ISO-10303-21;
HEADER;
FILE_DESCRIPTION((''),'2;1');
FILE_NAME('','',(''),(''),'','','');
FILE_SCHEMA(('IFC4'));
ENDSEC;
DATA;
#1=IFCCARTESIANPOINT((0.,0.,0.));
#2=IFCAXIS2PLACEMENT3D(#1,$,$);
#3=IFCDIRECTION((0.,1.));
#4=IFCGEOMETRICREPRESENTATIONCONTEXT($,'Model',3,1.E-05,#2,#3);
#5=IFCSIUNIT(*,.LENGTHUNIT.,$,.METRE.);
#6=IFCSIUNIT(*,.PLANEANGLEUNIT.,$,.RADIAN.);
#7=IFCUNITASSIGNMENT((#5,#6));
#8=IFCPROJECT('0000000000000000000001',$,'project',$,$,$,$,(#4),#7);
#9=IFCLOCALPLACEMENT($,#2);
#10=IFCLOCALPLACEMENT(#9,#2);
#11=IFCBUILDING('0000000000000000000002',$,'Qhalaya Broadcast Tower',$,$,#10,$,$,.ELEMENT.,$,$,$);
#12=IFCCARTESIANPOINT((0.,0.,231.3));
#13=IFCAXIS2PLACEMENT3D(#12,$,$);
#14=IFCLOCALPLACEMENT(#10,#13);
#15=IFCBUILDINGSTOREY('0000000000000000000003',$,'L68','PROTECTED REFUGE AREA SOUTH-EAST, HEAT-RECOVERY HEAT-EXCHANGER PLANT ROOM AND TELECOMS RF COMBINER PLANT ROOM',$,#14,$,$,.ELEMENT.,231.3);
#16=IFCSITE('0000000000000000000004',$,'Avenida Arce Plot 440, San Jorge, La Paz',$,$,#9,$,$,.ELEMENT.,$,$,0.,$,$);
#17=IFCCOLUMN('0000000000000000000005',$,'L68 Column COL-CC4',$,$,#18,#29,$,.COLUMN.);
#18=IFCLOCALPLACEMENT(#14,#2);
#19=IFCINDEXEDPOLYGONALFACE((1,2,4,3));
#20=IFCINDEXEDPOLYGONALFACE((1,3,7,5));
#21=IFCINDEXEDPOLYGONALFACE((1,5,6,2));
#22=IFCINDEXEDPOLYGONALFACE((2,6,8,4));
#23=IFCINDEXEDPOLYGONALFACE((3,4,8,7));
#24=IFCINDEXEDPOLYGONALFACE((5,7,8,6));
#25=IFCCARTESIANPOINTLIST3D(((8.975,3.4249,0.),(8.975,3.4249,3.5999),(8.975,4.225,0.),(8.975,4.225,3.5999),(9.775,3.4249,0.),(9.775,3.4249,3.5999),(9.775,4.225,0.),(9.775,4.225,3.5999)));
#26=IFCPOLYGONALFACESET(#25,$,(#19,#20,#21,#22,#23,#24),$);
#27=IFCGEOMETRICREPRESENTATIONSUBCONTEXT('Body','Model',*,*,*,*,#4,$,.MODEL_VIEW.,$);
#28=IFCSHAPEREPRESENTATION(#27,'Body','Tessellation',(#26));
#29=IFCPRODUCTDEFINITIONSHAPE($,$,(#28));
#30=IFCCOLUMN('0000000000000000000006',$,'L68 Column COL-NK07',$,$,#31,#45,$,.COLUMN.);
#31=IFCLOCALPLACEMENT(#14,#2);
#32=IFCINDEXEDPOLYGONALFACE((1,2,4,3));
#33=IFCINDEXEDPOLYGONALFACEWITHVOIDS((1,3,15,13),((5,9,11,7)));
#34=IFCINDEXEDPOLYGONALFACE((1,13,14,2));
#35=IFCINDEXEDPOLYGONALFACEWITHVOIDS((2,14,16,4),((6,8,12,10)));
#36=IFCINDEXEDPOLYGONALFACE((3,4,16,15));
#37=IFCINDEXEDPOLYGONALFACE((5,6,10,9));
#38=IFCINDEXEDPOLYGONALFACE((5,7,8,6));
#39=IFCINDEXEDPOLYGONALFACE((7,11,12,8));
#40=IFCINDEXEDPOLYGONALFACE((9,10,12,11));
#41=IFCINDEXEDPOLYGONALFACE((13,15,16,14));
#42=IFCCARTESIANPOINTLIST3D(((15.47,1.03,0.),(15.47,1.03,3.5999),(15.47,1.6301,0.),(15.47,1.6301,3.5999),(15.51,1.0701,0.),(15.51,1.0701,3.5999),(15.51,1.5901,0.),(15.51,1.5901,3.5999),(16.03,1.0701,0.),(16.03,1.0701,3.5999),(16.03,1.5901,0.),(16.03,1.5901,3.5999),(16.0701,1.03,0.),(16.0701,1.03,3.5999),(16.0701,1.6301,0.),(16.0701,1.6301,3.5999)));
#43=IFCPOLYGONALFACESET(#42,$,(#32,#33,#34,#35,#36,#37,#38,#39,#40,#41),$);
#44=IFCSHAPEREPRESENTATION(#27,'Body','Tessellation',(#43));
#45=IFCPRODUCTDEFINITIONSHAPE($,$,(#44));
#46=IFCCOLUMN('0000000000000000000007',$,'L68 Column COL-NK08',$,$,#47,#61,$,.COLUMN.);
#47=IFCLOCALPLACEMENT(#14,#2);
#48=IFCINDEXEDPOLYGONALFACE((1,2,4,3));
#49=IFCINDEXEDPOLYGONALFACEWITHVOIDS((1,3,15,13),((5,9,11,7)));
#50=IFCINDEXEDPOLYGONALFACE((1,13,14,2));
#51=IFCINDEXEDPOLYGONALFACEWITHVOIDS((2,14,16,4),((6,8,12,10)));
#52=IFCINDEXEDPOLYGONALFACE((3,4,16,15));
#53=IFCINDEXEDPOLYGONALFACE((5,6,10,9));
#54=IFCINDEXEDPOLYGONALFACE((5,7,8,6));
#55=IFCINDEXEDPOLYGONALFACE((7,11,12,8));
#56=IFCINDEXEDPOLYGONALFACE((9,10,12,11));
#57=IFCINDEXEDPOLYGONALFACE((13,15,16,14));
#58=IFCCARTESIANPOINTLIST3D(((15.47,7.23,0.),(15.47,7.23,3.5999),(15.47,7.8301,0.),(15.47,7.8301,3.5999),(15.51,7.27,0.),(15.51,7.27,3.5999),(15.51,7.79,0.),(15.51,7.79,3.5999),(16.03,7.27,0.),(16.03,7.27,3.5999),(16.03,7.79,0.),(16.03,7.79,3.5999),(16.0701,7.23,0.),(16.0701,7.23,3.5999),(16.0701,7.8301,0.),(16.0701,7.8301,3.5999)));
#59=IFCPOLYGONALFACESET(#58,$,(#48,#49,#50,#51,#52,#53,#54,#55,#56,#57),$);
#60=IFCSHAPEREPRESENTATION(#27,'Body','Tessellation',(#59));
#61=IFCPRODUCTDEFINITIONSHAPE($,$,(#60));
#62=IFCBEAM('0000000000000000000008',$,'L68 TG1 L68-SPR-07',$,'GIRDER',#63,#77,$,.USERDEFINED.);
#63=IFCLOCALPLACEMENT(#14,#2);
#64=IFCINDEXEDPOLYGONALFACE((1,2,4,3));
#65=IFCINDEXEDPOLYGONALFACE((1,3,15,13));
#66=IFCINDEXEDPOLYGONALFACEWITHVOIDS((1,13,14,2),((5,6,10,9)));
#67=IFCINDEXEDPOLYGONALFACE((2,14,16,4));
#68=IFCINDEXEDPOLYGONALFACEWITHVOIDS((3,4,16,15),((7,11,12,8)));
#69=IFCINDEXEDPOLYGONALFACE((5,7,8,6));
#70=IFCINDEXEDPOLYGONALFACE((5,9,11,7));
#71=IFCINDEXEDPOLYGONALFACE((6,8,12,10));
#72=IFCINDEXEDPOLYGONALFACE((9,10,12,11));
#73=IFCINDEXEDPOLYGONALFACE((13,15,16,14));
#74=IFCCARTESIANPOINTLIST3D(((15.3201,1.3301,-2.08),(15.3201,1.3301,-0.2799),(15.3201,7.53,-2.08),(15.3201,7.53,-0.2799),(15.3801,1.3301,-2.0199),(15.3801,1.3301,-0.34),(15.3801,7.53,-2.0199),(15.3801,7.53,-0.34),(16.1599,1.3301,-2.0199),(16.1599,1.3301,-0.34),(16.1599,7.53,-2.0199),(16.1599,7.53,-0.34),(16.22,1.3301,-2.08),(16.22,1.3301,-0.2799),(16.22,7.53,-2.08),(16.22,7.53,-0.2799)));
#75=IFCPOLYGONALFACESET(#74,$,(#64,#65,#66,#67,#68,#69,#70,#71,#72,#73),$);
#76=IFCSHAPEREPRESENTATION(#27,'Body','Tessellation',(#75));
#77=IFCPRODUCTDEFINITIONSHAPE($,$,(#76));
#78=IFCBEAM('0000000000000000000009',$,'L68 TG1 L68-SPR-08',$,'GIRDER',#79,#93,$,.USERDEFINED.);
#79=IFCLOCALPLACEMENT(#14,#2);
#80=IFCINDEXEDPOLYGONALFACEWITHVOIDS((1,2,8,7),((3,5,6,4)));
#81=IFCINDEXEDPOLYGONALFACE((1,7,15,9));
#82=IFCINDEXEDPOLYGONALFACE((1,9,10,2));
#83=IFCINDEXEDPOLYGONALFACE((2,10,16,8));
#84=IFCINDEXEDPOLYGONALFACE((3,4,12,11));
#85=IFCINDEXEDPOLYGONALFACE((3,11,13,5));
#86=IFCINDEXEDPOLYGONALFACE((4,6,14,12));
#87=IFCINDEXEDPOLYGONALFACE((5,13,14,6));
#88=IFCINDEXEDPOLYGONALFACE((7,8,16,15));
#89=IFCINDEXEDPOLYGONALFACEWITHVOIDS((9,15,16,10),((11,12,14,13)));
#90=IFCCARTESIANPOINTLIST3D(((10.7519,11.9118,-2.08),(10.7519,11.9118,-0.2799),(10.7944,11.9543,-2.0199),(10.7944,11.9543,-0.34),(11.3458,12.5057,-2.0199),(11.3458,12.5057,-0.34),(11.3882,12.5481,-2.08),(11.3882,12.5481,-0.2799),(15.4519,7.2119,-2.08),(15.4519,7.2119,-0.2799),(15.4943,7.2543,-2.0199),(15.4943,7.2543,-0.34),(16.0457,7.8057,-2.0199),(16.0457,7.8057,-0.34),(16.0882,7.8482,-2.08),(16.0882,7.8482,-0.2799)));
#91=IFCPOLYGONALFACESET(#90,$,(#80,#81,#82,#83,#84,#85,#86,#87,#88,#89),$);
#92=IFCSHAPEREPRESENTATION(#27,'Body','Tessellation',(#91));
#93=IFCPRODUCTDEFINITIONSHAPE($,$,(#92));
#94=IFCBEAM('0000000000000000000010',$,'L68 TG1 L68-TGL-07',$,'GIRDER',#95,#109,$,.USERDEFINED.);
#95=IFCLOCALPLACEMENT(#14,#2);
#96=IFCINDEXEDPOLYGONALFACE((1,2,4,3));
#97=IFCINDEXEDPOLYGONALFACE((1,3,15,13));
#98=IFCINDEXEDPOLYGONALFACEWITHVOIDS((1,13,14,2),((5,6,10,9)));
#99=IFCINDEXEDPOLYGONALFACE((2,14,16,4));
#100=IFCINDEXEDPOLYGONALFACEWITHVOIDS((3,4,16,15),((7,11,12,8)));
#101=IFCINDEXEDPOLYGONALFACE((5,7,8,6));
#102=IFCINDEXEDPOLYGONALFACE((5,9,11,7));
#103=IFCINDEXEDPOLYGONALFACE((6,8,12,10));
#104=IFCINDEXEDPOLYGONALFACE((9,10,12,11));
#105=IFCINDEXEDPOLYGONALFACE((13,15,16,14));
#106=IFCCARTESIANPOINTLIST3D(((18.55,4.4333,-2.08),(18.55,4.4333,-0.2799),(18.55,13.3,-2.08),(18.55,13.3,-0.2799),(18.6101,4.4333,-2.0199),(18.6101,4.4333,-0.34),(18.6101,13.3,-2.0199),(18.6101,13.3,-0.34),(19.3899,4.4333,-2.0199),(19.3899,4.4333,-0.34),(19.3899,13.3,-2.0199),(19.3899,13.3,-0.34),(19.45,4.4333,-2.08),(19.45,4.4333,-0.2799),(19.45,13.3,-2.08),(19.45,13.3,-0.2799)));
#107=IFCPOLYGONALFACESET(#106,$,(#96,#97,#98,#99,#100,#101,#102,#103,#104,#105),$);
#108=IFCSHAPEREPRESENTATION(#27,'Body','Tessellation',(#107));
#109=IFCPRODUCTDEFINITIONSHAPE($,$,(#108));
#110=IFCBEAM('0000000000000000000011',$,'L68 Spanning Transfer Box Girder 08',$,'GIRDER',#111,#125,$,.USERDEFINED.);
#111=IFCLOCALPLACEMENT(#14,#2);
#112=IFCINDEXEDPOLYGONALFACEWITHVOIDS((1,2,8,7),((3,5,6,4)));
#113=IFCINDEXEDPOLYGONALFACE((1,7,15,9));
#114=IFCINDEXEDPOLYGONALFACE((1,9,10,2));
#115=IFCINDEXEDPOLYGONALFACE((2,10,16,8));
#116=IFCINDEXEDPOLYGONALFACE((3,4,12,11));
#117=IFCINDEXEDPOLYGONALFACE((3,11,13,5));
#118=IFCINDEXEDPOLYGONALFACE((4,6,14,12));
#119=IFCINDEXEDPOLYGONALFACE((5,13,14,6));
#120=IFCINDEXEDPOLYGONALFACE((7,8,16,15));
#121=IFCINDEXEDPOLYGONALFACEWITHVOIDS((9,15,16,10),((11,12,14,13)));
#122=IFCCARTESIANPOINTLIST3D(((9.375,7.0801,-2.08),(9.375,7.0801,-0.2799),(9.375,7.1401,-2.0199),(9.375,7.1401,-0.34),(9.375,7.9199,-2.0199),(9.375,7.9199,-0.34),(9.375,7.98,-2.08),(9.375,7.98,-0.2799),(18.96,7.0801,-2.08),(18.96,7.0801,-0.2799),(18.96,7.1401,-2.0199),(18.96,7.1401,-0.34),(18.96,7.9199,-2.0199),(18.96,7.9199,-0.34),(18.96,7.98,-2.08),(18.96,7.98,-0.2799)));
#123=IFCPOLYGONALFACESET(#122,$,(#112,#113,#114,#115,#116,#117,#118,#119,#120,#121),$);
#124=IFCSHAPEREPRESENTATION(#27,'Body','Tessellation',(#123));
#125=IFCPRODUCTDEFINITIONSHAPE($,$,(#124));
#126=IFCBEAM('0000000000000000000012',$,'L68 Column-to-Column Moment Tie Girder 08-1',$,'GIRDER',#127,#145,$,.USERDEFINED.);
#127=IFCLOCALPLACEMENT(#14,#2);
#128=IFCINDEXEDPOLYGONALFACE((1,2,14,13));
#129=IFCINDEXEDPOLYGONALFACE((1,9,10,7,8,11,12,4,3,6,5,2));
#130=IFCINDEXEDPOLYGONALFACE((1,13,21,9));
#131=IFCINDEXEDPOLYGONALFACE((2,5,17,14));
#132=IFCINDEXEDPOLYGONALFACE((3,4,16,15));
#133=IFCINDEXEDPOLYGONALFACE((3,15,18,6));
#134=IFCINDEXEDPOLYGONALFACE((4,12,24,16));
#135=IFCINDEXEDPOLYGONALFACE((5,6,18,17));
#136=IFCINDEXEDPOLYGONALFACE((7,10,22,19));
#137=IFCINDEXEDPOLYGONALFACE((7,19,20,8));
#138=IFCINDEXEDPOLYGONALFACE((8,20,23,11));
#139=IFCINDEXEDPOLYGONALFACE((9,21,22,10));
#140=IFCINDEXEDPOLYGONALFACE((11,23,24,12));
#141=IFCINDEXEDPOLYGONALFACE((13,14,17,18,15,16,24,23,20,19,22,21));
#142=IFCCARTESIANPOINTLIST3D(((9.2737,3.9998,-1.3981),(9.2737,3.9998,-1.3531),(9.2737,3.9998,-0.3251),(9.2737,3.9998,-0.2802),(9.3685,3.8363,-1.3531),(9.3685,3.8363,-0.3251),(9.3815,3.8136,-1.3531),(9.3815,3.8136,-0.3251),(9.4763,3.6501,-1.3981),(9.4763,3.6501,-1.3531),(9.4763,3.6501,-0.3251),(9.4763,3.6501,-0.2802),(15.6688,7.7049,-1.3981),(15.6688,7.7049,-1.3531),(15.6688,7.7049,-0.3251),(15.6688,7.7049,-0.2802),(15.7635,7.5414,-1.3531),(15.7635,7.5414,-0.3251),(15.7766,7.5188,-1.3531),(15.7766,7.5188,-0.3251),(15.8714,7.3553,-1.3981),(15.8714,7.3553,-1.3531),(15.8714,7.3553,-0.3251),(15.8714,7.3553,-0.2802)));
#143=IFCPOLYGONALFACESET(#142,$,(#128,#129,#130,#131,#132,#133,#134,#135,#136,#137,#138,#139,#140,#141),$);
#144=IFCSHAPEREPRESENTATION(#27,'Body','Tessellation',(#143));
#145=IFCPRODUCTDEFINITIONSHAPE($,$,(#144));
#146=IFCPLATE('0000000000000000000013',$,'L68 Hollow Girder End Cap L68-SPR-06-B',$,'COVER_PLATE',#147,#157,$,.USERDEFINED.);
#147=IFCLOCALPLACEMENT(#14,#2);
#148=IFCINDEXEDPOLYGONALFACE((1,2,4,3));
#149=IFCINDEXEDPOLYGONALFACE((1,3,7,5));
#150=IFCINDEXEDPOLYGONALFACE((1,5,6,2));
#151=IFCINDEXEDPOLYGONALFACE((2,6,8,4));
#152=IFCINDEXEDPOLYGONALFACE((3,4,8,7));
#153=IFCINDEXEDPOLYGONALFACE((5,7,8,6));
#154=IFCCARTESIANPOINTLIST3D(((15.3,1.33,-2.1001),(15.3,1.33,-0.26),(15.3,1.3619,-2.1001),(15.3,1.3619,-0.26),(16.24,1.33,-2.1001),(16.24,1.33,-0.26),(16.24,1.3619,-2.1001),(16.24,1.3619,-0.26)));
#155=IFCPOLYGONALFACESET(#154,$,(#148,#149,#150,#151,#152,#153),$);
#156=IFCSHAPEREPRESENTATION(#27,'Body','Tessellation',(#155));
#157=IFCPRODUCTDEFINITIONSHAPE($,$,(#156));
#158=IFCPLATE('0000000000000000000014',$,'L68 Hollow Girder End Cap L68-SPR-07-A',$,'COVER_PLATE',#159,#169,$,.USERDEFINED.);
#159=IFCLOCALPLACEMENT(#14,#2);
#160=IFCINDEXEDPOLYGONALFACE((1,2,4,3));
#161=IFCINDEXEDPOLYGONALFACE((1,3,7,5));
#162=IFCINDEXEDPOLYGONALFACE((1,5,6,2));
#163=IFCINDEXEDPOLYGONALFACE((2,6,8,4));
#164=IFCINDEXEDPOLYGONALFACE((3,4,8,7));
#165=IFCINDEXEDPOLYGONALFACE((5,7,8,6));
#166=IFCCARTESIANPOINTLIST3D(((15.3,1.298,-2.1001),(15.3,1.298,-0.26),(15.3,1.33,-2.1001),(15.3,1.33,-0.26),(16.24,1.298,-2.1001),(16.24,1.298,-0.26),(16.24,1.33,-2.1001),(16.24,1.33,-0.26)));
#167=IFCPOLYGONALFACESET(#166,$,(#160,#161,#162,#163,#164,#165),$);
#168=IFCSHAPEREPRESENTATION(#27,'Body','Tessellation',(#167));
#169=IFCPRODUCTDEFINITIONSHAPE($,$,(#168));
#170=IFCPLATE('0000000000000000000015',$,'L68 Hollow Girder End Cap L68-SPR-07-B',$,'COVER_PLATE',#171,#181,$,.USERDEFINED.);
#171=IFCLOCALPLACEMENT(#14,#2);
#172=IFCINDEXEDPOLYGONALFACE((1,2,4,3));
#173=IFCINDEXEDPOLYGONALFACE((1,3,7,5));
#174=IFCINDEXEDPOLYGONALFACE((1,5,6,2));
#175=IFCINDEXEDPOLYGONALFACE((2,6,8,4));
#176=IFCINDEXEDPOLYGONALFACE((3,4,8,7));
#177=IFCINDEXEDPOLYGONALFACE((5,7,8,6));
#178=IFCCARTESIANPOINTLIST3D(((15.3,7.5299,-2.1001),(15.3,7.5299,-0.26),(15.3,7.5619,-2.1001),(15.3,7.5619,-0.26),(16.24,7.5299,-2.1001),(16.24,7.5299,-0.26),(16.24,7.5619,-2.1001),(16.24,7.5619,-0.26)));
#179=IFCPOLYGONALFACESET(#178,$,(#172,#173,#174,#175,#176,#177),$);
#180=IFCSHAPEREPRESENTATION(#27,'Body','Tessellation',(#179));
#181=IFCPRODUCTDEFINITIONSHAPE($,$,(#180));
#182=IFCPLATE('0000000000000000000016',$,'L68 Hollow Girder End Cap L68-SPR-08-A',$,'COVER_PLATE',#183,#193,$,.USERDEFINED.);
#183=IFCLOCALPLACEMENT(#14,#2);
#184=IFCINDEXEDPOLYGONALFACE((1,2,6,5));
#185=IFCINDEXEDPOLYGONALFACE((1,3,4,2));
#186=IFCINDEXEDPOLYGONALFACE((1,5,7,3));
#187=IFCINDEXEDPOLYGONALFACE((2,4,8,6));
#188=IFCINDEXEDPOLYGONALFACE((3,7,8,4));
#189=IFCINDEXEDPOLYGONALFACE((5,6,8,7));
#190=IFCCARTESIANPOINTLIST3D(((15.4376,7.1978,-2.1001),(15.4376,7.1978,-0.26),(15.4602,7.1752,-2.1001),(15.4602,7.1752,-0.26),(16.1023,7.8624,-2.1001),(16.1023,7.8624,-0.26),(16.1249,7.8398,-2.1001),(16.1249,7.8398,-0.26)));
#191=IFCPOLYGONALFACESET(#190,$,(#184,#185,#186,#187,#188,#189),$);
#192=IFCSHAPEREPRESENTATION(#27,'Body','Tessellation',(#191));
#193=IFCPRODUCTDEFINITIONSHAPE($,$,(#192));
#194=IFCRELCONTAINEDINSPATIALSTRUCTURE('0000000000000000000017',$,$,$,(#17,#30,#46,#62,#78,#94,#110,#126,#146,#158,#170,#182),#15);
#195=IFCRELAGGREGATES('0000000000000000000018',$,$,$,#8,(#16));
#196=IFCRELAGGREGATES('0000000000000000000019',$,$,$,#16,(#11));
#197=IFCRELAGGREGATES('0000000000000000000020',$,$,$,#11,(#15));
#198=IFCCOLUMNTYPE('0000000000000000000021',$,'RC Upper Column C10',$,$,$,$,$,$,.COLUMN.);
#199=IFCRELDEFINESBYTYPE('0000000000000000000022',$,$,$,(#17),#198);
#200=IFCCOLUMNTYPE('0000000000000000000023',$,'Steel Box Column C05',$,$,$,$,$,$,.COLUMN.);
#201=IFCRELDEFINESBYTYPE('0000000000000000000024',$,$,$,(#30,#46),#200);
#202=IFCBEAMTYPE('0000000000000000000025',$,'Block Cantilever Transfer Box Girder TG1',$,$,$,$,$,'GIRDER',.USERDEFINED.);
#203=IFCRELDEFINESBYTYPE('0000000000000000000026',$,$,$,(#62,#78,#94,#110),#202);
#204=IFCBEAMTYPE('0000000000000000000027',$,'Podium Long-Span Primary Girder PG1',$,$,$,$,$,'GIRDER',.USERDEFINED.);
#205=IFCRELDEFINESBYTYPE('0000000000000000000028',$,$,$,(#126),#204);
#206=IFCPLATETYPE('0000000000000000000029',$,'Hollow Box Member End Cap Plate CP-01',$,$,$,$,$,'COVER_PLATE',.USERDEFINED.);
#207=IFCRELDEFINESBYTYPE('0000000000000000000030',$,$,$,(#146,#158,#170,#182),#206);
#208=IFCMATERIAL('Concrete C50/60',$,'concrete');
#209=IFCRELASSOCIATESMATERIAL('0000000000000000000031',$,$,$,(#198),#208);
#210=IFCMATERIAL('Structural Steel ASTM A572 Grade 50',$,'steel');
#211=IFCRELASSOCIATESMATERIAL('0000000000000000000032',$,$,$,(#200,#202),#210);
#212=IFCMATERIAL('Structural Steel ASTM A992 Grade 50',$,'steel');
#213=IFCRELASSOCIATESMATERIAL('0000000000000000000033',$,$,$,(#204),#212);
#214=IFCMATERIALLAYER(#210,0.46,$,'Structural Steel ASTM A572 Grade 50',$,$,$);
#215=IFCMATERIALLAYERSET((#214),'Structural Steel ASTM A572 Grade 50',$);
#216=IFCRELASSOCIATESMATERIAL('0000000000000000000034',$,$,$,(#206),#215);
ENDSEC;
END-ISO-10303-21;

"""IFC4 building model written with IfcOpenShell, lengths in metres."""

from ifc_helpers import new_model, si_unit, direction, frame, origin, origin_2d, place, context, subcontext, project, spatial, rectangle, hollow_rectangle, i_section, extrude, material, layer, layer_set, material_profile, profile_set, type_object, element, save


model = new_model("IFC4")

# Units and contexts
model_context = context("Model", 3, precision=1e-05, world=origin(), true_north=direction((0.0, 1.0)))
body_context = subcontext(model_context, "Body", "Model", "MODEL_VIEW")
ifc_project = project(units=[si_unit("LENGTHUNIT", "METRE"), si_unit("PLANEANGLEUNIT", "RADIAN")], contexts=[model_context])

# Site, building, storey
site_placement = place(None, origin())
site = spatial("IfcSite", under=ifc_project, at=site_placement, Name="Avenida Arce Plot 440, San Jorge, La Paz", CompositionType="ELEMENT", RefElevation=0.0)
building_placement = place(site_placement, origin())
building = spatial("IfcBuilding", under=site, at=building_placement, Name="Qhalaya Broadcast Tower", CompositionType="ELEMENT")
storey_placement = place(building_placement, frame((0.0, 0.0, 231.3)))
storey = spatial("IfcBuildingStorey", under=building, at=storey_placement, Name="L68", Description="PROTECTED REFUGE AREA SOUTH-EAST, HEAT-RECOVERY HEAT-EXCHANGER PLANT ROOM AND TELECOMS RF COMBINER PLANT ROOM", CompositionType="ELEMENT", Elevation=231.3)

# Columns
ifc_material_1 = material(Name="Concrete C50/60", Category="concrete")
ifc_material_profile_1 = material_profile(ifc_material_1, rectangle(XDim=0.8, YDim=0.8, at=origin_2d()), Name="RC-COL 800x800")
ifc_profile_set_1 = profile_set([ifc_material_profile_1], Name="Concrete C50/60")
column_type_1 = type_object("IfcColumnType", Name="RC Upper Column C10", PredefinedType="COLUMN", material=ifc_profile_set_1)
column_placement = place(storey_placement, frame((9.375, 3.825, 0.0), z_axis=(0.0, 0.0, 1.0), x_axis=(1.0, 0.0, 0.0)))
element("IfcColumn", 1, at=column_placement, inside=storey, type_object=column_type_1, Name="L68 Column COL-CC4", PredefinedType="COLUMN", context=body_context, shape_type="SweptSolid", body=[
    extrude(rectangle(XDim=0.8, YDim=0.8, at=origin_2d()), origin(), (0.0, 0.0, 1.0), 3.5999),
])
ifc_material_2 = material(Name="Structural Steel ASTM A572 Grade 50", Category="steel")
ifc_material_profile_2 = material_profile(ifc_material_2, hollow_rectangle(XDim=0.6001, YDim=0.6001, WallThickness=0.04, at=origin_2d()), Name="BOX 600x600x40")
ifc_profile_set_2 = profile_set([ifc_material_profile_2], Name="Structural Steel ASTM A572 Grade 50")
column_type_2 = type_object("IfcColumnType", Name="Steel Box Column C05", PredefinedType="COLUMN", material=ifc_profile_set_2)
for number, where, z_axis, x_axis, name in (
    (2, (15.77, 1.3301, 0.0), (0.0, 0.0, 1.0), (0.0, 1.0, 0.0), "L68 Column COL-NK07"),
    (3, (15.77, 7.53, 0.0), (0.0, 0.0, 1.0), (0.0, 1.0, 0.0), "L68 Column COL-NK08"),
):
    element("IfcColumn", number, at=place(storey_placement, frame(where, z_axis=z_axis, x_axis=x_axis)), inside=storey, type_object=column_type_2, Name=name, PredefinedType="COLUMN", context=body_context, shape_type="SweptSolid", body=[
        extrude(hollow_rectangle(XDim=0.6001, YDim=0.6001, WallThickness=0.04, at=origin_2d()), origin(), (0.0, 0.0, 1.0), 3.5999),
    ])

# Beams
ifc_material_profile_3 = material_profile(ifc_material_2, hollow_rectangle(XDim=0.8999, YDim=1.8, WallThickness=0.0601, at=origin_2d()), Name="BOX 900x1800x60")
ifc_profile_set_3 = profile_set([ifc_material_profile_3], Name="Structural Steel ASTM A572 Grade 50")
beam_type_1 = type_object("IfcBeamType", Name="Block Cantilever Transfer Box Girder TG1", ElementType="GIRDER", PredefinedType="USERDEFINED", material=ifc_profile_set_3)
beam_1_placement = place(storey_placement, frame((15.77, 1.3301, -1.1799), z_axis=(0.0, 1.0, 0.0), x_axis=(-1.0, 0.0, 0.0)))
element("IfcBeam", 4, at=beam_1_placement, inside=storey, type_object=beam_type_1, Name="L68 TG1 L68-SPR-07", ObjectType="GIRDER", PredefinedType="USERDEFINED", context=body_context, shape_type="SweptSolid", body=[
    extrude(hollow_rectangle(XDim=0.8999, YDim=1.8, WallThickness=0.0601, at=origin_2d()), origin(), (0.0, 0.0, 1.0), 6.2),
])
beam_2_placement = place(storey_placement, frame((15.77, 7.53, -1.1799), z_axis=(-0.707107, 0.707107, 0.0), x_axis=(-0.707107, -0.707107, 0.0)))
element("IfcBeam", 5, at=beam_2_placement, inside=storey, type_object=beam_type_1, Name="L68 TG1 L68-SPR-08", ObjectType="GIRDER", PredefinedType="USERDEFINED", context=body_context, shape_type="SweptSolid", body=[
    extrude(hollow_rectangle(XDim=0.8999, YDim=1.8, WallThickness=0.0601, at=origin_2d()), origin(), (0.0, 0.0, 1.0), 6.6467),
])
beam_3_placement = place(storey_placement, frame((19.0, 4.4333, -1.1799), z_axis=(0.0, 1.0, 0.0), x_axis=(-1.0, 0.0, 0.0)))
element("IfcBeam", 6, at=beam_3_placement, inside=storey, type_object=beam_type_1, Name="L68 TG1 L68-TGL-07", ObjectType="GIRDER", PredefinedType="USERDEFINED", context=body_context, shape_type="SweptSolid", body=[
    extrude(hollow_rectangle(XDim=0.8999, YDim=1.8, WallThickness=0.0601, at=origin_2d()), origin(), (0.0, 0.0, 1.0), 8.8667),
])
beam_4_placement = place(storey_placement, frame((9.375, 7.53, -1.1799), z_axis=(1.0, 0.0, 0.0), x_axis=(0.0, 1.0, 0.0)))
element("IfcBeam", 7, at=beam_4_placement, inside=storey, type_object=beam_type_1, Name="L68 Spanning Transfer Box Girder 08", ObjectType="GIRDER", PredefinedType="USERDEFINED", context=body_context, shape_type="SweptSolid", body=[
    extrude(hollow_rectangle(XDim=0.8999, YDim=1.8, WallThickness=0.0601, at=origin_2d()), origin(), (0.0, 0.0, 1.0), 9.585),
])
ifc_material_3 = material(Name="Structural Steel ASTM A992 Grade 50", Category="steel")
ifc_material_profile_4 = material_profile(ifc_material_3, i_section(OverallWidth=0.4041, OverallDepth=1.1179, WebThickness=0.0261, FlangeThickness=0.0449, at=origin_2d()), Name="W44X335")
ifc_profile_set_4 = profile_set([ifc_material_profile_4], Name="Structural Steel ASTM A992 Grade 50")
beam_type_2 = type_object("IfcBeamType", Name="Podium Long-Span Primary Girder PG1", ElementType="GIRDER", PredefinedType="USERDEFINED", material=ifc_profile_set_4)
beam_5_placement = place(storey_placement, frame((9.375, 3.825, -0.8391), z_axis=(0.865268, 0.50131, 0.0), x_axis=(-0.50131, 0.865268, 0.0)))
element("IfcBeam", 8, at=beam_5_placement, inside=storey, type_object=beam_type_2, Name="L68 Column-to-Column Moment Tie Girder 08-1", ObjectType="GIRDER", PredefinedType="USERDEFINED", context=body_context, shape_type="SweptSolid", body=[
    extrude(i_section(OverallWidth=0.4041, OverallDepth=1.1179, WebThickness=0.0261, FlangeThickness=0.0449, at=origin_2d()), origin(), (0.0, 0.0, 1.0), 7.3909),
])

# Plates
ifc_layer_1 = layer(ifc_material_2, 0.46, Name="Structural Steel ASTM A572 Grade 50")
ifc_layer_set_1 = layer_set([ifc_layer_1], Name="Structural Steel ASTM A572 Grade 50")
plate_type = type_object("IfcPlateType", Name="Hollow Box Member End Cap Plate CP-01", ElementType="COVER_PLATE", PredefinedType="USERDEFINED", material=ifc_layer_set_1)
for number, where, z_axis, x_axis, name in (
    (9, (15.77, 1.3459, -2.1001), (0.0, 0.0, 1.0), (-1.0, 0.0, 0.0), "L68 Hollow Girder End Cap L68-SPR-06-B"),
    (10, (15.77, 1.314, -2.1001), (0.0, 0.0, 1.0), (-1.0, 0.0, 0.0), "L68 Hollow Girder End Cap L68-SPR-07-A"),
    (11, (15.77, 7.5459, -2.1001), (0.0, 0.0, 1.0), (-1.0, 0.0, 0.0), "L68 Hollow Girder End Cap L68-SPR-07-B"),
    (12, (15.7812, 7.5188, -2.1001), (0.0, 0.0, 1.0), (-0.707107, -0.707107, 0.0), "L68 Hollow Girder End Cap L68-SPR-08-A"),
):
    element("IfcPlate", number, at=place(storey_placement, frame(where, z_axis=z_axis, x_axis=x_axis)), inside=storey, type_object=plate_type, Name=name, ObjectType="COVER_PLATE", PredefinedType="USERDEFINED", context=body_context, shape_type="SweptSolid", body=[
        extrude(rectangle(XDim=0.9399, YDim=0.032, at=origin_2d()), origin(), (0.0, 0.0, 1.0), 1.8401),
    ])

save(model, "model.ifc")
